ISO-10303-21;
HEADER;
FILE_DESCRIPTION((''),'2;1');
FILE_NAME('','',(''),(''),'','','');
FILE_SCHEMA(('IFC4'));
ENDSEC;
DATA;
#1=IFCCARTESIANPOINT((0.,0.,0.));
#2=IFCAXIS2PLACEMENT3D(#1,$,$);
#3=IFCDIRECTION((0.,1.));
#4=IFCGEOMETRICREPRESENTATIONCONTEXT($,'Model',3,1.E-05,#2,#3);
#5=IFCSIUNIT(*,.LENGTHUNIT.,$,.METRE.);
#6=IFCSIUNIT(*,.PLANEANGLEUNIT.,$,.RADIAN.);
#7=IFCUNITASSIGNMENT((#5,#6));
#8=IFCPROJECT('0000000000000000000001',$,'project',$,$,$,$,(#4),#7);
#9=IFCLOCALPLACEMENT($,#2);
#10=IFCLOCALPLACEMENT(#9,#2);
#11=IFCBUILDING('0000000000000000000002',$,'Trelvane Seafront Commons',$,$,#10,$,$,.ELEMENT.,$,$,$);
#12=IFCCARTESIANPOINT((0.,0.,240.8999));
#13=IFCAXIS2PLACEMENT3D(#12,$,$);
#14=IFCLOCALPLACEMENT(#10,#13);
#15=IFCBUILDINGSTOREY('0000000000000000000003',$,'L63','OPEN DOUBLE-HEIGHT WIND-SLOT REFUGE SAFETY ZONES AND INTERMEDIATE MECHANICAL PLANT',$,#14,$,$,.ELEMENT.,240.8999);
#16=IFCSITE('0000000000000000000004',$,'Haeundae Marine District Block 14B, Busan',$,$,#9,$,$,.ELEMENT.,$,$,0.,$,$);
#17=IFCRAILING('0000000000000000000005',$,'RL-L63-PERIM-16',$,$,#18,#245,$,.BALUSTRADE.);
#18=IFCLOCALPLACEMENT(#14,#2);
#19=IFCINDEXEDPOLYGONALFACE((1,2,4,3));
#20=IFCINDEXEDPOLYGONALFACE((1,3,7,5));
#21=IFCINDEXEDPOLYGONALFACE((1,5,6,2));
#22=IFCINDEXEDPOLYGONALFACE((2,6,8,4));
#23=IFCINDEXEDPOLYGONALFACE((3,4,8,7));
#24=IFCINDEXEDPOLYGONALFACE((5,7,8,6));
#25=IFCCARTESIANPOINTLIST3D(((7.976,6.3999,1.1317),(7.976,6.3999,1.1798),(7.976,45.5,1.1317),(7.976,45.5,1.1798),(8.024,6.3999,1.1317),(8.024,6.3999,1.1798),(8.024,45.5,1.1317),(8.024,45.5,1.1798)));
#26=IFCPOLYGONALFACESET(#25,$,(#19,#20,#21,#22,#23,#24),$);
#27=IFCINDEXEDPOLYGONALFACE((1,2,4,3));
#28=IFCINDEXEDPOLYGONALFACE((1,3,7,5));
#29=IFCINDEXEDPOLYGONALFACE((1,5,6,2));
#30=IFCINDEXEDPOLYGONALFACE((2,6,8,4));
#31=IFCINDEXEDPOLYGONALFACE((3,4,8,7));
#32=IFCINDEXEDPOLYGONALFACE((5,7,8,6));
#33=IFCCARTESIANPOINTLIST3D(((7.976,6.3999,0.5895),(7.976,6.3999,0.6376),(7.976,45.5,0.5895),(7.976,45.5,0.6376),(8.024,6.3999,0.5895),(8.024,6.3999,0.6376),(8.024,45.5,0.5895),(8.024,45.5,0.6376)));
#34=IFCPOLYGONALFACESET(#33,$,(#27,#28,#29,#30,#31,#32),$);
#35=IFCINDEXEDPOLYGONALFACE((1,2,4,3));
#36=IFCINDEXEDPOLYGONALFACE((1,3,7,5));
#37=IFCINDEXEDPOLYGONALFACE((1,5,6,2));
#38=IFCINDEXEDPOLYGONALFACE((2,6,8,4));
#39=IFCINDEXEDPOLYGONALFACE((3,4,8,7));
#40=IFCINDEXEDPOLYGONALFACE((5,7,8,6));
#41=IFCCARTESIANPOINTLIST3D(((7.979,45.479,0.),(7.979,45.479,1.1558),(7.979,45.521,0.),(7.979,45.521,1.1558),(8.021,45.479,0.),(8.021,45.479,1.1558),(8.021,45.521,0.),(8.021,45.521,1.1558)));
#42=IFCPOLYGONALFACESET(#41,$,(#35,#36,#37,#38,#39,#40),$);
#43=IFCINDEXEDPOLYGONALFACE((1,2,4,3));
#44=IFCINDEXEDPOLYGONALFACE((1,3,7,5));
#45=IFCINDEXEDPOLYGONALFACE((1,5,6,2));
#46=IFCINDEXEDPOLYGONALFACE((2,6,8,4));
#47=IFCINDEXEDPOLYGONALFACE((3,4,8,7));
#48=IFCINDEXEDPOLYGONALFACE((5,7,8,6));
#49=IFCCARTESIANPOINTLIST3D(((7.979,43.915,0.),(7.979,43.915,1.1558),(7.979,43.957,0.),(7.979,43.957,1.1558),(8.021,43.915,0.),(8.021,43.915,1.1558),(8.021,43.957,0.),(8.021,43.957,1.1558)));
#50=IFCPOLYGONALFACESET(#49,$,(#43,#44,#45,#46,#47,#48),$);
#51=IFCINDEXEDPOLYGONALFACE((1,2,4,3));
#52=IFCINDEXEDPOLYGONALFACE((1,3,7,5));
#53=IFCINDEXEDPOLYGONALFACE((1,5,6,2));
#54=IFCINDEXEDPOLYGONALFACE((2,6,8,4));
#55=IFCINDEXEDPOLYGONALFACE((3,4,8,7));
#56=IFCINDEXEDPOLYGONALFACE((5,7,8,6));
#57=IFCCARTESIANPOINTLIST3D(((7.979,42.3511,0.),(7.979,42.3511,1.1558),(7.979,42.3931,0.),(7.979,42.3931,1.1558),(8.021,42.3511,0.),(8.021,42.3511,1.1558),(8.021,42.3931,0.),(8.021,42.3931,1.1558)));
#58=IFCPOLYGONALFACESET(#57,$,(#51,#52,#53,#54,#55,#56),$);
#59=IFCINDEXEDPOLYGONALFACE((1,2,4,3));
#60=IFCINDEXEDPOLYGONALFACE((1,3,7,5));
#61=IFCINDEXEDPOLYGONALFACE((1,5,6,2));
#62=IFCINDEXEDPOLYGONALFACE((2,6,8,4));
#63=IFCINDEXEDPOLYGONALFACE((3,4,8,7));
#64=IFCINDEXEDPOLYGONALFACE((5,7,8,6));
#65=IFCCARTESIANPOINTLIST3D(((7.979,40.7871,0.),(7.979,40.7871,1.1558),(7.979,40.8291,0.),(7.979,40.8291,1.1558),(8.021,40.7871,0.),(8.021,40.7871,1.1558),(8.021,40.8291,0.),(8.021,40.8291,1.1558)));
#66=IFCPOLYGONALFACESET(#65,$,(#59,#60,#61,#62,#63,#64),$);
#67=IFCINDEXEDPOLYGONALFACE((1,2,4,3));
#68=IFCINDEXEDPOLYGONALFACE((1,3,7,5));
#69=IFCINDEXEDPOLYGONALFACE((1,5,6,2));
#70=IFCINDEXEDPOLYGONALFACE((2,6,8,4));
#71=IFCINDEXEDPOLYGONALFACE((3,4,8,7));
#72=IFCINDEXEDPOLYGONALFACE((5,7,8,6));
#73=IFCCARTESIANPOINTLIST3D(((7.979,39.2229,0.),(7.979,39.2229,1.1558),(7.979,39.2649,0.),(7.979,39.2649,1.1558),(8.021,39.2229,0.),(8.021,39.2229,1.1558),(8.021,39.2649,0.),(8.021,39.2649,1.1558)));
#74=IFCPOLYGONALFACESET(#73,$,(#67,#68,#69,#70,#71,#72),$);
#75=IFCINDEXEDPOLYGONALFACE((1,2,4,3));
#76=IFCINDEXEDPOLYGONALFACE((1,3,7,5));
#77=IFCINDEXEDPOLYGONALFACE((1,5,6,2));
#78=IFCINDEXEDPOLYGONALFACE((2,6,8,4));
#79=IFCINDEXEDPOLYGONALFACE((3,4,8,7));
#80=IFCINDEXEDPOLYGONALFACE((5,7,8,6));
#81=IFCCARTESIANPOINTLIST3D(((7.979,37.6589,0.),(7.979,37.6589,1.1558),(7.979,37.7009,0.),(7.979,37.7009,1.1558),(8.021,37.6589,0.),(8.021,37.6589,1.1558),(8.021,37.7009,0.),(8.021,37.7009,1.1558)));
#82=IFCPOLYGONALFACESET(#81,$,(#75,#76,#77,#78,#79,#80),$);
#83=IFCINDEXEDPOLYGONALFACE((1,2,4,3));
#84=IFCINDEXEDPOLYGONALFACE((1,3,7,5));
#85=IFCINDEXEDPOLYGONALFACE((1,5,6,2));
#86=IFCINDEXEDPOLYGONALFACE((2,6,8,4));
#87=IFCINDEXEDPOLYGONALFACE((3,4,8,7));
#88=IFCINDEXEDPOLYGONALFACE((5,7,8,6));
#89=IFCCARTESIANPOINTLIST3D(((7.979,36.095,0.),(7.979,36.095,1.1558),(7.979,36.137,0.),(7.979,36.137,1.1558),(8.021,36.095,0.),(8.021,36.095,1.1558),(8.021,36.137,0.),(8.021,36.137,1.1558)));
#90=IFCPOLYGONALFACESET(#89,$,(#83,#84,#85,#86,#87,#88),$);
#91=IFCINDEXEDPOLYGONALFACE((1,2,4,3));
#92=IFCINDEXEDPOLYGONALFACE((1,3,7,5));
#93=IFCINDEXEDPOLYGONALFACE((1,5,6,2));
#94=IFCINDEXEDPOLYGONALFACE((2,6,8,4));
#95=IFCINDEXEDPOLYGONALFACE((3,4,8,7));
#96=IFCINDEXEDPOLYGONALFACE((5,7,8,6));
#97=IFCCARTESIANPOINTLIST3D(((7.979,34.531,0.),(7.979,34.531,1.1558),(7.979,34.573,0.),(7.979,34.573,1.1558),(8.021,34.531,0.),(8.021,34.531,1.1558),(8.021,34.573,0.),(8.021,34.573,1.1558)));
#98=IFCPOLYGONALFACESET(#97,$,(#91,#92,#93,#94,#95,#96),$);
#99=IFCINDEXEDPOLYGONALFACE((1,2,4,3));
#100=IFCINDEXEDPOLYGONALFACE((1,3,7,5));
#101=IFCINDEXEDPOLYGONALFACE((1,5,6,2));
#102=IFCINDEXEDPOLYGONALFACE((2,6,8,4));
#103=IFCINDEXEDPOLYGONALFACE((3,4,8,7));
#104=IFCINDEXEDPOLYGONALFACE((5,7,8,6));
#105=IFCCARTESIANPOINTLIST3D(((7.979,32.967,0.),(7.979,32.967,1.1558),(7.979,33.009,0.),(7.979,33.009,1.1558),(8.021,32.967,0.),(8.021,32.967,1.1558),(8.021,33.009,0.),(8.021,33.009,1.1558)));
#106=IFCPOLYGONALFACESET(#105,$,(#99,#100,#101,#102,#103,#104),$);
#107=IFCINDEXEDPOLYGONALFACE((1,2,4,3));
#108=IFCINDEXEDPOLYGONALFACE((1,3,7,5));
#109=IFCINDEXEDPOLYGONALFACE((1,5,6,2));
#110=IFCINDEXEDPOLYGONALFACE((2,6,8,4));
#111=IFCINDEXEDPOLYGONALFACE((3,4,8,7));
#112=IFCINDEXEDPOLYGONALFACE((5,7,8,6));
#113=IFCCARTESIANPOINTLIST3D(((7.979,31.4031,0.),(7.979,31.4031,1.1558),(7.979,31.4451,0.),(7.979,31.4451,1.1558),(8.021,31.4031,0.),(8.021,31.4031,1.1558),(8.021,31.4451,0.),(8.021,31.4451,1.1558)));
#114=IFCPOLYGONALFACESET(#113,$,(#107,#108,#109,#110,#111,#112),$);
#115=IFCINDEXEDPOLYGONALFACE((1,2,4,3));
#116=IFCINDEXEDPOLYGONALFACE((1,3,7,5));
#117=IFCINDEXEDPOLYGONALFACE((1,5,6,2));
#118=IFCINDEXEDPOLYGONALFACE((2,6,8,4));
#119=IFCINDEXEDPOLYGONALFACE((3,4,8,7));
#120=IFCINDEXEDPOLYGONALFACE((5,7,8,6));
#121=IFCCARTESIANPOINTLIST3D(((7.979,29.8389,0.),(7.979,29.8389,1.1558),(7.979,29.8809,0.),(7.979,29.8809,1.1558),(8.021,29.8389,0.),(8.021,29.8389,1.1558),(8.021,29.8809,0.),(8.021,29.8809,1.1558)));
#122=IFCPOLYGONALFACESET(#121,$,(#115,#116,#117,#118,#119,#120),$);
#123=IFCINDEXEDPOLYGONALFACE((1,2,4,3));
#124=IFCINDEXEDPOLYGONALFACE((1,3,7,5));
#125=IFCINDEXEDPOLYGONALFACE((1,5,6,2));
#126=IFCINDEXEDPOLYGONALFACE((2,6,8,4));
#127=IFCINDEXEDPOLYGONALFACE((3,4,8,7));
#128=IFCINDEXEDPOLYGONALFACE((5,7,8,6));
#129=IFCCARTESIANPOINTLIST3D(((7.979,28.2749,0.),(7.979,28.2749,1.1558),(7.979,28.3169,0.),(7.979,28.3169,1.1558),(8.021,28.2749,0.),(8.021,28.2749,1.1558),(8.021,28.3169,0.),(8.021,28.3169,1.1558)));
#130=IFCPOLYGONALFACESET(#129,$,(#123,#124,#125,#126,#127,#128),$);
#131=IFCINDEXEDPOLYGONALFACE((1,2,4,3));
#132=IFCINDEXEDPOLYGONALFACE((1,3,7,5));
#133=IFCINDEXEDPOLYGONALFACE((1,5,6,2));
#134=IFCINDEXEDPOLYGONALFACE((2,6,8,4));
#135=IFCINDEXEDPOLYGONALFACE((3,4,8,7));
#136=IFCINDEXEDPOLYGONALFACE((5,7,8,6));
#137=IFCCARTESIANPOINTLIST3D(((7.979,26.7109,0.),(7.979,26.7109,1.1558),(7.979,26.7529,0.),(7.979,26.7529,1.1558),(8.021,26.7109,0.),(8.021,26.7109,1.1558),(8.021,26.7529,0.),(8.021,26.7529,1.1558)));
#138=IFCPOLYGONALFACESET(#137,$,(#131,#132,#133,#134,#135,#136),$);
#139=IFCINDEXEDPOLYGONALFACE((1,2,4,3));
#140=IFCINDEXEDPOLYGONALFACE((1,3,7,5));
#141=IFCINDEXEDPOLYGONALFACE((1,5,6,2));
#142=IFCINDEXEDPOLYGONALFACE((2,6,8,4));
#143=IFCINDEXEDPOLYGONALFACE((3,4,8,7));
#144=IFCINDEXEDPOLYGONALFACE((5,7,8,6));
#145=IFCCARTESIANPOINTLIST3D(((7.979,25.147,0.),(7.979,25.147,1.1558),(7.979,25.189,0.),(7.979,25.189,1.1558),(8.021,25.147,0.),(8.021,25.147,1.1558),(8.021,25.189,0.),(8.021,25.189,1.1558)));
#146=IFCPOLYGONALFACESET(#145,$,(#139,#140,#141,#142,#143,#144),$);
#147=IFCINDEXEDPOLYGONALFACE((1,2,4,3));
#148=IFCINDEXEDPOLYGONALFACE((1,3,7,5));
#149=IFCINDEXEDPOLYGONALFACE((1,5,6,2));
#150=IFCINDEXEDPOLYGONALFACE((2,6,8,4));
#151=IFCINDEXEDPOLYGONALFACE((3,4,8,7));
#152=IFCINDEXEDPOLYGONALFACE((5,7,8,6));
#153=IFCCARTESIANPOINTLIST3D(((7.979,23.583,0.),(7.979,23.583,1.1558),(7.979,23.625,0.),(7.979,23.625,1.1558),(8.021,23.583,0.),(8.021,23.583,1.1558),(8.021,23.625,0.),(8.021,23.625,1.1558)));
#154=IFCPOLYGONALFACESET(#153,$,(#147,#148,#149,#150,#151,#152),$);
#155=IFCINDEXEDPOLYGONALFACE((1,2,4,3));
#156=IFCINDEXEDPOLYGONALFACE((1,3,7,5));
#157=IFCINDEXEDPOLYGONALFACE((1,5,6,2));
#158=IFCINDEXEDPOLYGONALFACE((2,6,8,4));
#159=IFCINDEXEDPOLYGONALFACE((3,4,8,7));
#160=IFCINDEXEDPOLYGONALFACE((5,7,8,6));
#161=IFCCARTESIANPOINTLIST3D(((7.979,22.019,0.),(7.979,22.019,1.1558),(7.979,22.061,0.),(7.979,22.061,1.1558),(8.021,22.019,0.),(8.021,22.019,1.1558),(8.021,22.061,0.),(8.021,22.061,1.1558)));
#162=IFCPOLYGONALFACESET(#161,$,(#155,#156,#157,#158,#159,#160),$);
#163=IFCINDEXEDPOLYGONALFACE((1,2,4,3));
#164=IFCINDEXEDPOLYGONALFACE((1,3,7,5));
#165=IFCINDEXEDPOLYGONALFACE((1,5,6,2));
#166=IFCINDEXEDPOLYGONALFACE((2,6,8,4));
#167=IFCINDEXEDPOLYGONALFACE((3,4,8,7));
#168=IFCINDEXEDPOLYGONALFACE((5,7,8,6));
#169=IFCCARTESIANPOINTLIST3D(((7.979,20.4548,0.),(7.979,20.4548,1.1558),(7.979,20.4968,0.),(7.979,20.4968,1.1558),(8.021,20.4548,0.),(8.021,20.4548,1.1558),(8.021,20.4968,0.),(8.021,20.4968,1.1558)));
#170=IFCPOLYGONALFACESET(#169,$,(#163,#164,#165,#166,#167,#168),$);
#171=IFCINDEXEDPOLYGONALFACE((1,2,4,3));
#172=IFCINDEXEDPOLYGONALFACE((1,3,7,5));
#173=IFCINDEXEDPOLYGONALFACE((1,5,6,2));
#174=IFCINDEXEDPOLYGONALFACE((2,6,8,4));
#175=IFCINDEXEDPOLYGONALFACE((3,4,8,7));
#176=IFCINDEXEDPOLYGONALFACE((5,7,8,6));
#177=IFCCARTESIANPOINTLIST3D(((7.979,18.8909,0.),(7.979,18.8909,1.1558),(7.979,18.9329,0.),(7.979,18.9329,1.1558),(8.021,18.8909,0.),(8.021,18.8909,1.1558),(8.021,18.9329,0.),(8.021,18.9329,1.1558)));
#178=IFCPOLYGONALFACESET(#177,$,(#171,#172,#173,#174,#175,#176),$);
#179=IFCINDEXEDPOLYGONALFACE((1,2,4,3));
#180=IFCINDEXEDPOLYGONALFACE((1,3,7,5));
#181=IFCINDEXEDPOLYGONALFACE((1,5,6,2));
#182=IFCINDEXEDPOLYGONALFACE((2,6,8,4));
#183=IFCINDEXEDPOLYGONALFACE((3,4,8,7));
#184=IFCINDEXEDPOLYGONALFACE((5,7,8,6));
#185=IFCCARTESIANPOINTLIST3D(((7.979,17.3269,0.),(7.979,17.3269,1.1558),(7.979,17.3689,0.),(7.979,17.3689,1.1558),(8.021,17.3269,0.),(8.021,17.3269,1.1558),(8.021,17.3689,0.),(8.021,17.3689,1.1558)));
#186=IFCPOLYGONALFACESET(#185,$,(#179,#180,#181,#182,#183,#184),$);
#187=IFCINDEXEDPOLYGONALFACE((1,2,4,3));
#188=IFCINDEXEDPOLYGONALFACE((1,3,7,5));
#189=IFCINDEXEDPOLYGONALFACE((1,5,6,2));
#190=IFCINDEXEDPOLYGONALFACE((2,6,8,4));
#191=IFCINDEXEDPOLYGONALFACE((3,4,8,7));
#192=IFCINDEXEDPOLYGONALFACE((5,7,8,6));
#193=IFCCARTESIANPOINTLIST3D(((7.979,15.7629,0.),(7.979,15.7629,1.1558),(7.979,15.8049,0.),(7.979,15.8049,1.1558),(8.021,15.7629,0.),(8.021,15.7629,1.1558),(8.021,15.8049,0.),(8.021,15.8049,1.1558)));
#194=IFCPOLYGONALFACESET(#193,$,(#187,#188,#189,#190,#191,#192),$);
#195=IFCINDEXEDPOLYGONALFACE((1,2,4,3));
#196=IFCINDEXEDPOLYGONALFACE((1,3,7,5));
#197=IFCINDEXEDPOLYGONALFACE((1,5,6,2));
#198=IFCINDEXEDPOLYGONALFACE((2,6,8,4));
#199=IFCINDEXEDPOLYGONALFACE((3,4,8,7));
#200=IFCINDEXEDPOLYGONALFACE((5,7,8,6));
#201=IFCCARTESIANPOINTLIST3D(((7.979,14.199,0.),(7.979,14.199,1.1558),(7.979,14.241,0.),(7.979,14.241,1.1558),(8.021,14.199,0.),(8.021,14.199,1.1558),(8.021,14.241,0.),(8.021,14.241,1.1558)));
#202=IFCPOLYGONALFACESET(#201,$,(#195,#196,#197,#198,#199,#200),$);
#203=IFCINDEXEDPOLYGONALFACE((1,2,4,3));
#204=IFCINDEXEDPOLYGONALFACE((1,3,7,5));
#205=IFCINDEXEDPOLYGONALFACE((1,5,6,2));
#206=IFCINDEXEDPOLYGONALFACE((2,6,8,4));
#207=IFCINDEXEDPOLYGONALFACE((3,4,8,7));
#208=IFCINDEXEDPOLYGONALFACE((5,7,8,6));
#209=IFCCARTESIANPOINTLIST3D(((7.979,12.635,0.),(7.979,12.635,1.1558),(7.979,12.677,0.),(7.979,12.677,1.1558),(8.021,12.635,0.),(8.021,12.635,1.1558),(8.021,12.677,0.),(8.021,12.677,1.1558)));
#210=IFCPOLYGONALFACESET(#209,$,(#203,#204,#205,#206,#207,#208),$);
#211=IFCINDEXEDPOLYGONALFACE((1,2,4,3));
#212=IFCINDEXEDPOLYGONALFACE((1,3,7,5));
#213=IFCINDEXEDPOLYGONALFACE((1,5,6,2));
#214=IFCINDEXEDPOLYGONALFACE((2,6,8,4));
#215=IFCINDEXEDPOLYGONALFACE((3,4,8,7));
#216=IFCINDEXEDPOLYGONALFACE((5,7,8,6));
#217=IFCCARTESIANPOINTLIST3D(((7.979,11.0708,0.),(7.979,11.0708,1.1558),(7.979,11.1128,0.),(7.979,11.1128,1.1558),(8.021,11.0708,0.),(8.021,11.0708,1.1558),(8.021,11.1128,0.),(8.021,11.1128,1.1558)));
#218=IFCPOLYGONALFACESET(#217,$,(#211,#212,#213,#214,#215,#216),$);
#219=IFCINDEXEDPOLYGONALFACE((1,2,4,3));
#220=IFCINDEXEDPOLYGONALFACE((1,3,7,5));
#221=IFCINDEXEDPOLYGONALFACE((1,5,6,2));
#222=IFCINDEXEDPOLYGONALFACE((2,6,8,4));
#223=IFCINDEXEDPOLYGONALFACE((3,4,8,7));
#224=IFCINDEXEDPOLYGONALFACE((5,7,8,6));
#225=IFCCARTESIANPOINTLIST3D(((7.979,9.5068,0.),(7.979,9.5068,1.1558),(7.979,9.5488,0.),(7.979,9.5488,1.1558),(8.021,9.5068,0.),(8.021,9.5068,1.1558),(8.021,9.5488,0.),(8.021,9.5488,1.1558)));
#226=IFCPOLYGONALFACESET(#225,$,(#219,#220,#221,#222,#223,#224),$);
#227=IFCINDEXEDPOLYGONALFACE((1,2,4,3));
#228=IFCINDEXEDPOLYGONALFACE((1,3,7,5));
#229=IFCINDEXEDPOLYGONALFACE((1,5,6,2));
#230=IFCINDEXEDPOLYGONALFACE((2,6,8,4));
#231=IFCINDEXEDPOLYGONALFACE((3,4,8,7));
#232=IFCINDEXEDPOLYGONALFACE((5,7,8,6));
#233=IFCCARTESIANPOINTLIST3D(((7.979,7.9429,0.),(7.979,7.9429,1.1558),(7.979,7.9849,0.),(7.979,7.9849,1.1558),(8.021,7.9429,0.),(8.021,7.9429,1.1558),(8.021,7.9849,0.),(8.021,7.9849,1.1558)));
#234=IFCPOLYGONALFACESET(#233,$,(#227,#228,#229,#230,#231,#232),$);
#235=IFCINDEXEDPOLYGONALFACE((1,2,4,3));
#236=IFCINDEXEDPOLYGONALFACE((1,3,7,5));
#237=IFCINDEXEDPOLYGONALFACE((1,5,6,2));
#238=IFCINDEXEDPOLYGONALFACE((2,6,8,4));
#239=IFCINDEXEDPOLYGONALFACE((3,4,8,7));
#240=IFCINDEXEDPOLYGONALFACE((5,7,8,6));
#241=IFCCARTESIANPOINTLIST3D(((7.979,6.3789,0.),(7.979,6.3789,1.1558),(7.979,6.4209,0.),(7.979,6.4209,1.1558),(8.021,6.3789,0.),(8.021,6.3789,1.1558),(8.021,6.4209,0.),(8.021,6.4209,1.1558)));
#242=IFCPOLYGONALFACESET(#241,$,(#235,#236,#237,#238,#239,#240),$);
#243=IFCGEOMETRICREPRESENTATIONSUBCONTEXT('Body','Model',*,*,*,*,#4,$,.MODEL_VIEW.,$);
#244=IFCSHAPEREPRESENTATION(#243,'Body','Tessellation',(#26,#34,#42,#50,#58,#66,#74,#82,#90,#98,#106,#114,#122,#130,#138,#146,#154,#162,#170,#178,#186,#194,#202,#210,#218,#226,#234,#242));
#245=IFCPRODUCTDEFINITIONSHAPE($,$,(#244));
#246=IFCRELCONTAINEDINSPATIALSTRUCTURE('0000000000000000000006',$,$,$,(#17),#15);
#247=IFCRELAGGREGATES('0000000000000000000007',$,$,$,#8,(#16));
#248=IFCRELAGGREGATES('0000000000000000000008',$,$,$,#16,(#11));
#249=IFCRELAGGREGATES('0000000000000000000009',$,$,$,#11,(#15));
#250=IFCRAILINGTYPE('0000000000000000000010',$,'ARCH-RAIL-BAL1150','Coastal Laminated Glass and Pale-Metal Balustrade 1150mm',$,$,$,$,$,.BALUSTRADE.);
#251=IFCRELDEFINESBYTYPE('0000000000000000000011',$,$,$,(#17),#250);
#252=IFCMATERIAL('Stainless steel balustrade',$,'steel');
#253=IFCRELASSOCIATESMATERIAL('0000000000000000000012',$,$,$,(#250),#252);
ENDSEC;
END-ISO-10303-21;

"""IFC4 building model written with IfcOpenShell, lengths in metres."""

from ifc_helpers import new_model, si_unit, direction, frame, origin, origin_2d, place, context, subcontext, project, spatial, rectangle, extrude, material, type_object, element, save


model = new_model("IFC4")

# Units and contexts
model_context = context("Model", 3, precision=1e-05, world=origin(), true_north=direction((0.0, 1.0)))
body_context = subcontext(model_context, "Body", "Model", "MODEL_VIEW")
ifc_project = project(units=[si_unit("LENGTHUNIT", "METRE"), si_unit("PLANEANGLEUNIT", "RADIAN")], contexts=[model_context])

# Site, building, storey
site_placement = place(None, origin())
site = spatial("IfcSite", under=ifc_project, at=site_placement, Name="Haeundae Marine District Block 14B, Busan", CompositionType="ELEMENT", RefElevation=0.0)
building_placement = place(site_placement, origin())
building = spatial("IfcBuilding", under=site, at=building_placement, Name="Trelvane Seafront Commons", CompositionType="ELEMENT")
storey_placement = place(building_placement, frame((0.0, 0.0, 240.8999)))
storey = spatial("IfcBuildingStorey", under=building, at=storey_placement, Name="L63", Description="OPEN DOUBLE-HEIGHT WIND-SLOT REFUGE SAFETY ZONES AND INTERMEDIATE MECHANICAL PLANT", CompositionType="ELEMENT", Elevation=240.8999)

# Shared definitions
ifc_material_1 = material(Name="Stainless steel balustrade", Category="steel")

# Railing
railing_type_1 = type_object("IfcRailingType", Name="ARCH-RAIL-BAL1150", Description="Coastal Laminated Glass and Pale-Metal Balustrade 1150mm", PredefinedType="BALUSTRADE", material=ifc_material_1)
railing_1_placement = place(storey_placement, frame((8.0, 45.5, 0.0)))
element("IfcRailing", 1, at=railing_1_placement, inside=storey, type_object=railing_type_1, Name="RL-L63-PERIM-16", PredefinedType="BALUSTRADE", context=body_context, shape_type="SweptSolid", body=[
    extrude(rectangle(XDim=0.0481, YDim=0.0481, at=origin_2d()), frame((0.0, 0.0, 1.1558), z_axis=(0.0, -1.0, 0.0), x_axis=(1.0, 0.0, 0.0)), (0.0, 0.0, 1.0), 39.1001),
    extrude(rectangle(XDim=0.0481, YDim=0.0481, at=origin_2d()), frame((0.0, 0.0, 0.6135), z_axis=(0.0, -1.0, 0.0), x_axis=(1.0, 0.0, 0.0)), (0.0, 0.0, 1.0), 39.1001),
    extrude(rectangle(XDim=0.042, YDim=0.042, at=origin_2d()), origin(), (0.0, 0.0, 1.0), 1.1558),
    extrude(rectangle(XDim=0.042, YDim=0.042, at=origin_2d()), frame((0.0, -1.564, 0.0)), (0.0, 0.0, 1.0), 1.1558),
    extrude(rectangle(XDim=0.042, YDim=0.042, at=origin_2d()), frame((0.0, -3.1279, 0.0)), (0.0, 0.0, 1.0), 1.1558),
    extrude(rectangle(XDim=0.042, YDim=0.042, at=origin_2d()), frame((0.0, -4.6919, 0.0)), (0.0, 0.0, 1.0), 1.1558),
    extrude(rectangle(XDim=0.042, YDim=0.042, at=origin_2d()), frame((0.0, -6.2561, 0.0)), (0.0, 0.0, 1.0), 1.1558),
    extrude(rectangle(XDim=0.042, YDim=0.042, at=origin_2d()), frame((0.0, -7.8201, 0.0)), (0.0, 0.0, 1.0), 1.1558),
    extrude(rectangle(XDim=0.042, YDim=0.042, at=origin_2d()), frame((0.0, -9.384, 0.0)), (0.0, 0.0, 1.0), 1.1558),
    extrude(rectangle(XDim=0.042, YDim=0.042, at=origin_2d()), frame((0.0, -10.948, 0.0)), (0.0, 0.0, 1.0), 1.1558),
    extrude(rectangle(XDim=0.042, YDim=0.042, at=origin_2d()), frame((0.0, -12.512, 0.0)), (0.0, 0.0, 1.0), 1.1558),
    extrude(rectangle(XDim=0.042, YDim=0.042, at=origin_2d()), frame((0.0, -14.0759, 0.0)), (0.0, 0.0, 1.0), 1.1558),
    extrude(rectangle(XDim=0.042, YDim=0.042, at=origin_2d()), frame((0.0, -15.6401, 0.0)), (0.0, 0.0, 1.0), 1.1558),
    extrude(rectangle(XDim=0.042, YDim=0.042, at=origin_2d()), frame((0.0, -17.2041, 0.0)), (0.0, 0.0, 1.0), 1.1558),
    extrude(rectangle(XDim=0.042, YDim=0.042, at=origin_2d()), frame((0.0, -18.7681, 0.0)), (0.0, 0.0, 1.0), 1.1558),
    extrude(rectangle(XDim=0.042, YDim=0.042, at=origin_2d()), frame((0.0, -20.332, 0.0)), (0.0, 0.0, 1.0), 1.1558),
    extrude(rectangle(XDim=0.042, YDim=0.042, at=origin_2d()), frame((0.0, -21.896, 0.0)), (0.0, 0.0, 1.0), 1.1558),
    extrude(rectangle(XDim=0.042, YDim=0.042, at=origin_2d()), frame((0.0, -23.46, 0.0)), (0.0, 0.0, 1.0), 1.1558),
    extrude(rectangle(XDim=0.042, YDim=0.042, at=origin_2d()), frame((0.0, -25.0242, 0.0)), (0.0, 0.0, 1.0), 1.1558),
    extrude(rectangle(XDim=0.042, YDim=0.042, at=origin_2d()), frame((0.0, -26.5881, 0.0)), (0.0, 0.0, 1.0), 1.1558),
    extrude(rectangle(XDim=0.042, YDim=0.042, at=origin_2d()), frame((0.0, -28.1521, 0.0)), (0.0, 0.0, 1.0), 1.1558),
    extrude(rectangle(XDim=0.042, YDim=0.042, at=origin_2d()), frame((0.0, -29.7161, 0.0)), (0.0, 0.0, 1.0), 1.1558),
    extrude(rectangle(XDim=0.042, YDim=0.042, at=origin_2d()), frame((0.0, -31.28, 0.0)), (0.0, 0.0, 1.0), 1.1558),
    extrude(rectangle(XDim=0.042, YDim=0.042, at=origin_2d()), frame((0.0, -32.844, 0.0)), (0.0, 0.0, 1.0), 1.1558),
    extrude(rectangle(XDim=0.042, YDim=0.042, at=origin_2d()), frame((0.0, -34.4082, 0.0)), (0.0, 0.0, 1.0), 1.1558),
    extrude(rectangle(XDim=0.042, YDim=0.042, at=origin_2d()), frame((0.0, -35.9722, 0.0)), (0.0, 0.0, 1.0), 1.1558),
    extrude(rectangle(XDim=0.042, YDim=0.042, at=origin_2d()), frame((0.0, -37.5361, 0.0)), (0.0, 0.0, 1.0), 1.1558),
    extrude(rectangle(XDim=0.042, YDim=0.042, at=origin_2d()), frame((0.0, -39.1001, 0.0)), (0.0, 0.0, 1.0), 1.1558),
])

save(model, "model.ifc")
